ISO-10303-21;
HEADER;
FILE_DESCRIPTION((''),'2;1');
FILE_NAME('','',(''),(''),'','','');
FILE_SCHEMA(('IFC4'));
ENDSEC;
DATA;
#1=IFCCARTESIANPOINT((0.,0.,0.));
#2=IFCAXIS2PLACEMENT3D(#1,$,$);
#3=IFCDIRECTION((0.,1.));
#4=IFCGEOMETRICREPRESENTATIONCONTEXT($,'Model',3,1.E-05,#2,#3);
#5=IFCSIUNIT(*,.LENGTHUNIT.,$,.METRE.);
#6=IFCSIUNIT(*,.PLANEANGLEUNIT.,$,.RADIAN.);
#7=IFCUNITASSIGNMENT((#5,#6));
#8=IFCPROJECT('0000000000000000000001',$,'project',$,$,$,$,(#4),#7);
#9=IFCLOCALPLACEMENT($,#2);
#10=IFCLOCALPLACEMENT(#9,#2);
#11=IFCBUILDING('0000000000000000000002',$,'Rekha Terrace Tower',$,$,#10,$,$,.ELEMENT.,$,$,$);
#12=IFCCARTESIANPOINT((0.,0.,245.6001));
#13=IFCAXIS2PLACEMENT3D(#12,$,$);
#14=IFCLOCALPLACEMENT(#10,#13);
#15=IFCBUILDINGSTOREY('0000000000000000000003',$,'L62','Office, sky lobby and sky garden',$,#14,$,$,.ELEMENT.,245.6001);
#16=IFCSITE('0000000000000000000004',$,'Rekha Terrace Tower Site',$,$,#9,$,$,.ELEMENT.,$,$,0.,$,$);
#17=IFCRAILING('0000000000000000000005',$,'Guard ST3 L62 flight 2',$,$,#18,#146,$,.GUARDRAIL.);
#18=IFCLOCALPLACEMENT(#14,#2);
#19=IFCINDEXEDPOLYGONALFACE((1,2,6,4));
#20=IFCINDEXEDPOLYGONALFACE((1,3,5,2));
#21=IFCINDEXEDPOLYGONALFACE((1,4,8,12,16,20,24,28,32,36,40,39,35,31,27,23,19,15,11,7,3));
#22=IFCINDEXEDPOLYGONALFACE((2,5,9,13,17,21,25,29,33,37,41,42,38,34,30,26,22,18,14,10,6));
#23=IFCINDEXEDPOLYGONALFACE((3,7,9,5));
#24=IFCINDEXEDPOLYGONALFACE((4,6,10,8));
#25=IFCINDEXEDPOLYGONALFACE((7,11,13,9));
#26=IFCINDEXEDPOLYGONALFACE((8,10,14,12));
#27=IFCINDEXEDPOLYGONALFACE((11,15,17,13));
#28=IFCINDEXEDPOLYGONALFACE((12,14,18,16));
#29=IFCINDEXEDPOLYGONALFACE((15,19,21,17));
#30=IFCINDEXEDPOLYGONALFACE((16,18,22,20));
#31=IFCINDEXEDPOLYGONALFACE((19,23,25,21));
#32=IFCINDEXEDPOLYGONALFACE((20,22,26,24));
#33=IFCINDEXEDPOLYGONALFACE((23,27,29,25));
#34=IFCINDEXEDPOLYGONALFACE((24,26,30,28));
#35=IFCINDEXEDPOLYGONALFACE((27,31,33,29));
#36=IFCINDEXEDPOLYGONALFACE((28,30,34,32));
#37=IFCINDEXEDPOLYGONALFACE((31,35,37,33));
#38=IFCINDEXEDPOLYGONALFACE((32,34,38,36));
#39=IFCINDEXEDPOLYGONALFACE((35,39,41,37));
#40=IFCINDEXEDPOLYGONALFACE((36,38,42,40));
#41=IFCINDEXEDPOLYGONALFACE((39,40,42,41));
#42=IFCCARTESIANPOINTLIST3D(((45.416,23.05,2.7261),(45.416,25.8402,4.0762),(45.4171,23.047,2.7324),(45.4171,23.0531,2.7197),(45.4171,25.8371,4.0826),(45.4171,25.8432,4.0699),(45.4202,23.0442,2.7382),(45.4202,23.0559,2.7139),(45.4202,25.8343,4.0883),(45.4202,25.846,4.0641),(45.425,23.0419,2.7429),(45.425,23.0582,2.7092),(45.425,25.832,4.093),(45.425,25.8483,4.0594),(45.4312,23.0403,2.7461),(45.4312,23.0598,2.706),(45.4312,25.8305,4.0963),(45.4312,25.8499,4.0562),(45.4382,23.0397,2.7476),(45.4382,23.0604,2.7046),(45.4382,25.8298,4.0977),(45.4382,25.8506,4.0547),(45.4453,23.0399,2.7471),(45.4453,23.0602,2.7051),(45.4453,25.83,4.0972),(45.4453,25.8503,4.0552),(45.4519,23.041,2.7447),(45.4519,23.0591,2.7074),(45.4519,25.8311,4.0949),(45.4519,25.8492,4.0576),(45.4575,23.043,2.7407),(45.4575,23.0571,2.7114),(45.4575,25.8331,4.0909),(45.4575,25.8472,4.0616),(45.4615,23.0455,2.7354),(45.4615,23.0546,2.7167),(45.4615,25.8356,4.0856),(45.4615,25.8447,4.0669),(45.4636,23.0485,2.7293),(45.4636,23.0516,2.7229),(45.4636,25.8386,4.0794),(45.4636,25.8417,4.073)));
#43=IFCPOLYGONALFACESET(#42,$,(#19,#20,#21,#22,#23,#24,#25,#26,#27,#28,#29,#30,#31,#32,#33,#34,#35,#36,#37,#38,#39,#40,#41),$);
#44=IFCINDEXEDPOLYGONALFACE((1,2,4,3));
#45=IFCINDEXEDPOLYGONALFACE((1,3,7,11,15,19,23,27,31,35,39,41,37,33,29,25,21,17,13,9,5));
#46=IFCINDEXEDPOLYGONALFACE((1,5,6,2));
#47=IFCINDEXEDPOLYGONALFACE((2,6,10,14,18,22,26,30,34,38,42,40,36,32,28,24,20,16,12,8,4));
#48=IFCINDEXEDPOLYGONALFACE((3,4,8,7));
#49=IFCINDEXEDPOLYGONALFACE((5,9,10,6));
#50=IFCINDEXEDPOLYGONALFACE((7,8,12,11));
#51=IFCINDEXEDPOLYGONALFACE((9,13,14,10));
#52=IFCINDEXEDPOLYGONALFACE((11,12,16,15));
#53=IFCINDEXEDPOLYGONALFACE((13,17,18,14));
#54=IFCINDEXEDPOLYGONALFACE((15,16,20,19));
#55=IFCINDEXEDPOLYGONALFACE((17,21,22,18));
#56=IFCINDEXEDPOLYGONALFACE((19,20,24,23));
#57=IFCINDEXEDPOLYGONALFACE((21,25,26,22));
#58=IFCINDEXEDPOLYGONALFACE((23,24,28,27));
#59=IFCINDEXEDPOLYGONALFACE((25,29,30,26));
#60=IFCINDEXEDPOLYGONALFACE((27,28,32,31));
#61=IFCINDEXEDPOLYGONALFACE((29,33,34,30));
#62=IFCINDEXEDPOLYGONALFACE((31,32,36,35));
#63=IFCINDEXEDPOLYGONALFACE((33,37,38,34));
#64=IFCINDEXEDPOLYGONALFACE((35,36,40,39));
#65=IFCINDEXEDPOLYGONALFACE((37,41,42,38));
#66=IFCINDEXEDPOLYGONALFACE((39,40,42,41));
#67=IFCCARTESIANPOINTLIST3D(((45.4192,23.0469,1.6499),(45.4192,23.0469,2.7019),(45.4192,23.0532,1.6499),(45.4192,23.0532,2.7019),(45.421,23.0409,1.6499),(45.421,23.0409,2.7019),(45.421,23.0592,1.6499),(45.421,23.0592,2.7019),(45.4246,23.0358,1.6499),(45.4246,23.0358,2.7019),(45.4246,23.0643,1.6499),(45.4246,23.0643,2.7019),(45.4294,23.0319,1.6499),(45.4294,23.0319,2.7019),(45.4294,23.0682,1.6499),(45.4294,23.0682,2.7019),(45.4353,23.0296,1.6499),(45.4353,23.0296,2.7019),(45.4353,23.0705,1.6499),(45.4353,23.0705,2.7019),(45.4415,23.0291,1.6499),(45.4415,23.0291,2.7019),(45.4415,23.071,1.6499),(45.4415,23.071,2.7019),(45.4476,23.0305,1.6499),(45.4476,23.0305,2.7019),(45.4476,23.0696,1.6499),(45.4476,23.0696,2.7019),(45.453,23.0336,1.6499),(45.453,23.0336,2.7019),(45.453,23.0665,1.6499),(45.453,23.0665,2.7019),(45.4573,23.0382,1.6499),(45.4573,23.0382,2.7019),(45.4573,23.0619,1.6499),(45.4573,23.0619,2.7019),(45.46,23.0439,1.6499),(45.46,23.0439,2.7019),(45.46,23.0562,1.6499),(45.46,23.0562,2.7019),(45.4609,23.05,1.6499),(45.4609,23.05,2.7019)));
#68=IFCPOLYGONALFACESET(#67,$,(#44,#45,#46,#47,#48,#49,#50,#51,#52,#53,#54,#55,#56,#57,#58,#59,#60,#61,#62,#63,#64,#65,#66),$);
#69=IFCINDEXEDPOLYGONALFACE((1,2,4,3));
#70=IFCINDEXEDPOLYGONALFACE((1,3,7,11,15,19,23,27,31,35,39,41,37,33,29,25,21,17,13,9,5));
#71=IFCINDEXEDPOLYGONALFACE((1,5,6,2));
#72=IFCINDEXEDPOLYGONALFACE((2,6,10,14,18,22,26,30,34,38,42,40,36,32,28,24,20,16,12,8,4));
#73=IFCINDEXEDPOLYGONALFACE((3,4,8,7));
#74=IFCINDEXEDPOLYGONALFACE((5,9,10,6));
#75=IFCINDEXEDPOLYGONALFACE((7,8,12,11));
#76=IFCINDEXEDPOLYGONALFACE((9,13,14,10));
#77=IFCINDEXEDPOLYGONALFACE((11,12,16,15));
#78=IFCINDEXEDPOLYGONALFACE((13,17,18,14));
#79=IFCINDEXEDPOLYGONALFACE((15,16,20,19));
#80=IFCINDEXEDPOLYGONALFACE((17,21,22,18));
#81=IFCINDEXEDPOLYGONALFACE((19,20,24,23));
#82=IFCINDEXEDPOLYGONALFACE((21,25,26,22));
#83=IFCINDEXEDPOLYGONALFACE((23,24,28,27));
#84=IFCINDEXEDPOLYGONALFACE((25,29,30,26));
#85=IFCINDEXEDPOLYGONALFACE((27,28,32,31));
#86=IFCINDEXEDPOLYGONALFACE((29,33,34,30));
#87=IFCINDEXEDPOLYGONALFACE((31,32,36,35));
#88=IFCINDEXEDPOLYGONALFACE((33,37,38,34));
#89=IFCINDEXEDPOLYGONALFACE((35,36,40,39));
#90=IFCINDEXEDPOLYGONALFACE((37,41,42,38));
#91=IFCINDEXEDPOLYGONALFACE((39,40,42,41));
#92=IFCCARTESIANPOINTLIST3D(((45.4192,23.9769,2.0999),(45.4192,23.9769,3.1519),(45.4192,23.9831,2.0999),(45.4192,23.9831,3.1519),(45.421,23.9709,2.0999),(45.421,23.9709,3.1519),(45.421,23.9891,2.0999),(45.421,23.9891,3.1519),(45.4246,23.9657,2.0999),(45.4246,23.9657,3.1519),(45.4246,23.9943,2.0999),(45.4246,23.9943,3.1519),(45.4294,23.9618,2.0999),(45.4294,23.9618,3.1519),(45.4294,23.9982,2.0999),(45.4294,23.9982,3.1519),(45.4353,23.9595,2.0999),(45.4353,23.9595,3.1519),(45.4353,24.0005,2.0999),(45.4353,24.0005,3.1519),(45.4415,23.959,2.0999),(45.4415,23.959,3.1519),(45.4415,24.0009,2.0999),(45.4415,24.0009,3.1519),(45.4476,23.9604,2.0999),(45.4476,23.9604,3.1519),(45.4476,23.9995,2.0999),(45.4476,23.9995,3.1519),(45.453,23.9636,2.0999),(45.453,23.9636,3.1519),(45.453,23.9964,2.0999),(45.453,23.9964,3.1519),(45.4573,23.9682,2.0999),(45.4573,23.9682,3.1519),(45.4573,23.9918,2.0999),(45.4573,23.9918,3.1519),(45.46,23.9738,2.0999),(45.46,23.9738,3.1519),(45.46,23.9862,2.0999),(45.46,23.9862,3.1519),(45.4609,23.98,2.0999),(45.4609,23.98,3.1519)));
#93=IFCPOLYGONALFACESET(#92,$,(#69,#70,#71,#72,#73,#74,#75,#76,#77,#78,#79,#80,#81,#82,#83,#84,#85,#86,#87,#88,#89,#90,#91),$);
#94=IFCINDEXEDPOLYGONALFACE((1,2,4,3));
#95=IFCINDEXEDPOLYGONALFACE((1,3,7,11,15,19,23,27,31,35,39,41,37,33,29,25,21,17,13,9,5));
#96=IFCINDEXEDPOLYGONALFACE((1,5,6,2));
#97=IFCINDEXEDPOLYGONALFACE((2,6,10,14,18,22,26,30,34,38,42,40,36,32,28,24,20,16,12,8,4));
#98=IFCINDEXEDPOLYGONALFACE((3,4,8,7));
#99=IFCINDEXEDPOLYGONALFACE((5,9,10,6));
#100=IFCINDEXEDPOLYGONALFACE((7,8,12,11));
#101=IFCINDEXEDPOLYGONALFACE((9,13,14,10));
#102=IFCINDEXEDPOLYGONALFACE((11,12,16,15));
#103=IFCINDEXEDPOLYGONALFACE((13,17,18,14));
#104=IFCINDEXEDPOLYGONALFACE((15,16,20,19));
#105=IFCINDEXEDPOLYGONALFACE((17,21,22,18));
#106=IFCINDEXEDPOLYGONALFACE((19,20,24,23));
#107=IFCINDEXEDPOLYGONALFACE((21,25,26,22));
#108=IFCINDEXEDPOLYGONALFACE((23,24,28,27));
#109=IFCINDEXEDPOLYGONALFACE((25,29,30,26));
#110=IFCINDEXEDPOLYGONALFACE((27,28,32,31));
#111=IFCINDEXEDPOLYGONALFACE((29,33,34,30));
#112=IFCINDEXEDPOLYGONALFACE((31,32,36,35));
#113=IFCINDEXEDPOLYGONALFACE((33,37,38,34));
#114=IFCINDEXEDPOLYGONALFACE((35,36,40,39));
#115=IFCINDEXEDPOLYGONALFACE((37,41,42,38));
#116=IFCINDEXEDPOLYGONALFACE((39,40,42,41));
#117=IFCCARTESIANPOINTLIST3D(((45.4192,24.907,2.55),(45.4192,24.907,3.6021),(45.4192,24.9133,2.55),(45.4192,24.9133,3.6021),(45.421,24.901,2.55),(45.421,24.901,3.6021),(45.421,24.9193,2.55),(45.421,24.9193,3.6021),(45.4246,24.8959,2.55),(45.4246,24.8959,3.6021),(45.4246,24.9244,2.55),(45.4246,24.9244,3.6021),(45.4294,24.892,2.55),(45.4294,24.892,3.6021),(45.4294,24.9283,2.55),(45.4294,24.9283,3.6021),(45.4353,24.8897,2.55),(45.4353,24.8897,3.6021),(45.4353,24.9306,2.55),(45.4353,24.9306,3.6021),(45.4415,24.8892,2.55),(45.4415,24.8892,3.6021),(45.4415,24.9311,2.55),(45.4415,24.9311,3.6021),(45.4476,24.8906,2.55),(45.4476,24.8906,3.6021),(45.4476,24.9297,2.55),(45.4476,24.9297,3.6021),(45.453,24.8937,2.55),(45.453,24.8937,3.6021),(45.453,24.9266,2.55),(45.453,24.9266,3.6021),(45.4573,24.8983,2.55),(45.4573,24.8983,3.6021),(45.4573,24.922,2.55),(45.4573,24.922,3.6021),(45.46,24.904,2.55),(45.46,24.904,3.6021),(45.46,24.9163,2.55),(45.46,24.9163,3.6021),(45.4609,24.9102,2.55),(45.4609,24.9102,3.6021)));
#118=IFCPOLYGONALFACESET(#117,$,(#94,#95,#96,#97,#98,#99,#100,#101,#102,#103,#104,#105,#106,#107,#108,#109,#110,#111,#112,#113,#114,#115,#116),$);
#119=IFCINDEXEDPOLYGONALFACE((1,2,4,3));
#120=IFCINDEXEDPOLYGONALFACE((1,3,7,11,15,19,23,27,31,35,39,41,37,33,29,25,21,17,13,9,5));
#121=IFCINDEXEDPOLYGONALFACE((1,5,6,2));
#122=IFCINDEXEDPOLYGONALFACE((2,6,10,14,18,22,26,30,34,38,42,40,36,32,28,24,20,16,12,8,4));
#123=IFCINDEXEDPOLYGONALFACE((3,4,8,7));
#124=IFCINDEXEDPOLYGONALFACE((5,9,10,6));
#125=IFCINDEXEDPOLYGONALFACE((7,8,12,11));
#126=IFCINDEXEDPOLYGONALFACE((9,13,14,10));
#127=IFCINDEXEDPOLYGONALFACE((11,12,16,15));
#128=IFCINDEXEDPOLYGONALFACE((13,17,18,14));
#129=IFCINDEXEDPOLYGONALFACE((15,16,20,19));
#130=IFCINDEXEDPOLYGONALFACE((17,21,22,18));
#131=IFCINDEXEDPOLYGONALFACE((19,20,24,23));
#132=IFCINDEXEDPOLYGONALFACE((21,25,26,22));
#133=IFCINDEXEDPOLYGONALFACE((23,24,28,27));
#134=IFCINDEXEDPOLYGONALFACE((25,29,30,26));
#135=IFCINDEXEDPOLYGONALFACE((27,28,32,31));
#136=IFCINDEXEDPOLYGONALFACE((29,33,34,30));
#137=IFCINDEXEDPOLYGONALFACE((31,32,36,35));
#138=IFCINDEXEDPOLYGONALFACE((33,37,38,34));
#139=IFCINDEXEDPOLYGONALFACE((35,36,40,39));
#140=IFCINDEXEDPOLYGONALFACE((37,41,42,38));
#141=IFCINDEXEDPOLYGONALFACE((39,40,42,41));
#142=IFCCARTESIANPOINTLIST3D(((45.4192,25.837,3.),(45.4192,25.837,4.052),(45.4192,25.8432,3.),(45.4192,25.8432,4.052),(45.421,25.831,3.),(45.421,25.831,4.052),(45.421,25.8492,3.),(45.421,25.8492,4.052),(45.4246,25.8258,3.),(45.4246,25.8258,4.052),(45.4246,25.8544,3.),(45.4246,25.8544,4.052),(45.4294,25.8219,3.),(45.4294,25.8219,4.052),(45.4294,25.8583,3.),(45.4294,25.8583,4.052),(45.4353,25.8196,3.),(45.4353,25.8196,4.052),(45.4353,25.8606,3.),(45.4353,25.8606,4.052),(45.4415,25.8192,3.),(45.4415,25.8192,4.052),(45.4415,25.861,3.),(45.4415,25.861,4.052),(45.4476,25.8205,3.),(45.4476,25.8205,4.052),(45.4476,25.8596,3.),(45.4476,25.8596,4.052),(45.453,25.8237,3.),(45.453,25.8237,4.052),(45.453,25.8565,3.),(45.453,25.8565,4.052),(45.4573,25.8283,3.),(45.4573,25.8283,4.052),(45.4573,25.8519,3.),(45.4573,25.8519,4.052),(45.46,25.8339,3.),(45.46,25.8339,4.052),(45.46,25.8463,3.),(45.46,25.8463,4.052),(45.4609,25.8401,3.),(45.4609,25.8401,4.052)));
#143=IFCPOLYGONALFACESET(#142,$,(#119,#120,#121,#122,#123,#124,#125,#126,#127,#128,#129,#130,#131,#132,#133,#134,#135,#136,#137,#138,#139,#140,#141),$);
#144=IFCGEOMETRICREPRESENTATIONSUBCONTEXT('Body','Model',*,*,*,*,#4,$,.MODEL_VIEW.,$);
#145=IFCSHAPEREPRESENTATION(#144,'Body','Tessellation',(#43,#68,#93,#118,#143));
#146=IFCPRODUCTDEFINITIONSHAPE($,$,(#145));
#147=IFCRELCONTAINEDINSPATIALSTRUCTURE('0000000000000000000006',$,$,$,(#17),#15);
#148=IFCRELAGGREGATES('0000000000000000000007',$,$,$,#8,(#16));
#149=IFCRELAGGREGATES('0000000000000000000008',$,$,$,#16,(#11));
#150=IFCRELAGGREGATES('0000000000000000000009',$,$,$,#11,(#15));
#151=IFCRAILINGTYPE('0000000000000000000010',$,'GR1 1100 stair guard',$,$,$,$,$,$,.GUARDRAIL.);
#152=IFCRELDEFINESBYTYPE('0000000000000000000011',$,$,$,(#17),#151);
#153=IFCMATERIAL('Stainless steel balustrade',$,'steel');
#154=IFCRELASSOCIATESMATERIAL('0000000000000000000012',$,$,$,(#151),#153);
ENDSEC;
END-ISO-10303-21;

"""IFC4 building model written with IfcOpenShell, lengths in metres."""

from ifc_helpers import new_model, si_unit, direction, frame, origin, origin_2d, place, context, subcontext, project, spatial, circle, extrude, material, type_object, element, save


model = new_model("IFC4")

# Units and contexts
model_context = context("Model", 3, precision=1e-05, world=origin(), true_north=direction((0.0, 1.0)))
body_context = subcontext(model_context, "Body", "Model", "MODEL_VIEW")
ifc_project = project(units=[si_unit("LENGTHUNIT", "METRE"), si_unit("PLANEANGLEUNIT", "RADIAN")], contexts=[model_context])

# Site, building, storey
site_placement = place(None, origin())
site = spatial("IfcSite", under=ifc_project, at=site_placement, Name="Rekha Terrace Tower Site", CompositionType="ELEMENT", RefElevation=0.0)
building_placement = place(site_placement, origin())
building = spatial("IfcBuilding", under=site, at=building_placement, Name="Rekha Terrace Tower", CompositionType="ELEMENT")
storey_placement = place(building_placement, frame((0.0, 0.0, 245.6001)))
storey = spatial("IfcBuildingStorey", under=building, at=storey_placement, Name="L62", Description="Office, sky lobby and sky garden", CompositionType="ELEMENT", Elevation=245.6001)

# Railing
ifc_material_1 = material(Name="Stainless steel balustrade", Category="steel")
railing_type_1 = type_object("IfcRailingType", Name="GR1 1100 stair guard", PredefinedType="GUARDRAIL", material=ifc_material_1)
railing_1_placement = place(storey_placement, frame((45.4399, 23.05, 1.6499)))
element("IfcRailing", 1, at=railing_1_placement, inside=storey, type_object=railing_type_1, Name="Guard ST3 L62 flight 2", PredefinedType="GUARDRAIL", context=body_context, shape_type="SweptSolid", body=[
    extrude(circle(Radius=0.0239, at=origin_2d()), frame((0.0, 0.0, 1.0762), z_axis=(0.0, 0.900149, 0.435582), x_axis=(-1.0, 0.0, 0.0)), (0.0, 0.0, 1.0), 3.0996),
    extrude(circle(Radius=0.021, at=origin_2d()), origin(), (0.0, 0.0, 1.0), 1.052),
    extrude(circle(Radius=0.021, at=origin_2d()), frame((0.0, 0.9299, 0.45)), (0.0, 0.0, 1.0), 1.052),
    extrude(circle(Radius=0.021, at=origin_2d()), frame((0.0, 1.8601, 0.9001)), (0.0, 0.0, 1.0), 1.052),
    extrude(circle(Radius=0.021, at=origin_2d()), frame((0.0, 2.79, 1.3501)), (0.0, 0.0, 1.0), 1.052),
])

save(model, "model.ifc")
